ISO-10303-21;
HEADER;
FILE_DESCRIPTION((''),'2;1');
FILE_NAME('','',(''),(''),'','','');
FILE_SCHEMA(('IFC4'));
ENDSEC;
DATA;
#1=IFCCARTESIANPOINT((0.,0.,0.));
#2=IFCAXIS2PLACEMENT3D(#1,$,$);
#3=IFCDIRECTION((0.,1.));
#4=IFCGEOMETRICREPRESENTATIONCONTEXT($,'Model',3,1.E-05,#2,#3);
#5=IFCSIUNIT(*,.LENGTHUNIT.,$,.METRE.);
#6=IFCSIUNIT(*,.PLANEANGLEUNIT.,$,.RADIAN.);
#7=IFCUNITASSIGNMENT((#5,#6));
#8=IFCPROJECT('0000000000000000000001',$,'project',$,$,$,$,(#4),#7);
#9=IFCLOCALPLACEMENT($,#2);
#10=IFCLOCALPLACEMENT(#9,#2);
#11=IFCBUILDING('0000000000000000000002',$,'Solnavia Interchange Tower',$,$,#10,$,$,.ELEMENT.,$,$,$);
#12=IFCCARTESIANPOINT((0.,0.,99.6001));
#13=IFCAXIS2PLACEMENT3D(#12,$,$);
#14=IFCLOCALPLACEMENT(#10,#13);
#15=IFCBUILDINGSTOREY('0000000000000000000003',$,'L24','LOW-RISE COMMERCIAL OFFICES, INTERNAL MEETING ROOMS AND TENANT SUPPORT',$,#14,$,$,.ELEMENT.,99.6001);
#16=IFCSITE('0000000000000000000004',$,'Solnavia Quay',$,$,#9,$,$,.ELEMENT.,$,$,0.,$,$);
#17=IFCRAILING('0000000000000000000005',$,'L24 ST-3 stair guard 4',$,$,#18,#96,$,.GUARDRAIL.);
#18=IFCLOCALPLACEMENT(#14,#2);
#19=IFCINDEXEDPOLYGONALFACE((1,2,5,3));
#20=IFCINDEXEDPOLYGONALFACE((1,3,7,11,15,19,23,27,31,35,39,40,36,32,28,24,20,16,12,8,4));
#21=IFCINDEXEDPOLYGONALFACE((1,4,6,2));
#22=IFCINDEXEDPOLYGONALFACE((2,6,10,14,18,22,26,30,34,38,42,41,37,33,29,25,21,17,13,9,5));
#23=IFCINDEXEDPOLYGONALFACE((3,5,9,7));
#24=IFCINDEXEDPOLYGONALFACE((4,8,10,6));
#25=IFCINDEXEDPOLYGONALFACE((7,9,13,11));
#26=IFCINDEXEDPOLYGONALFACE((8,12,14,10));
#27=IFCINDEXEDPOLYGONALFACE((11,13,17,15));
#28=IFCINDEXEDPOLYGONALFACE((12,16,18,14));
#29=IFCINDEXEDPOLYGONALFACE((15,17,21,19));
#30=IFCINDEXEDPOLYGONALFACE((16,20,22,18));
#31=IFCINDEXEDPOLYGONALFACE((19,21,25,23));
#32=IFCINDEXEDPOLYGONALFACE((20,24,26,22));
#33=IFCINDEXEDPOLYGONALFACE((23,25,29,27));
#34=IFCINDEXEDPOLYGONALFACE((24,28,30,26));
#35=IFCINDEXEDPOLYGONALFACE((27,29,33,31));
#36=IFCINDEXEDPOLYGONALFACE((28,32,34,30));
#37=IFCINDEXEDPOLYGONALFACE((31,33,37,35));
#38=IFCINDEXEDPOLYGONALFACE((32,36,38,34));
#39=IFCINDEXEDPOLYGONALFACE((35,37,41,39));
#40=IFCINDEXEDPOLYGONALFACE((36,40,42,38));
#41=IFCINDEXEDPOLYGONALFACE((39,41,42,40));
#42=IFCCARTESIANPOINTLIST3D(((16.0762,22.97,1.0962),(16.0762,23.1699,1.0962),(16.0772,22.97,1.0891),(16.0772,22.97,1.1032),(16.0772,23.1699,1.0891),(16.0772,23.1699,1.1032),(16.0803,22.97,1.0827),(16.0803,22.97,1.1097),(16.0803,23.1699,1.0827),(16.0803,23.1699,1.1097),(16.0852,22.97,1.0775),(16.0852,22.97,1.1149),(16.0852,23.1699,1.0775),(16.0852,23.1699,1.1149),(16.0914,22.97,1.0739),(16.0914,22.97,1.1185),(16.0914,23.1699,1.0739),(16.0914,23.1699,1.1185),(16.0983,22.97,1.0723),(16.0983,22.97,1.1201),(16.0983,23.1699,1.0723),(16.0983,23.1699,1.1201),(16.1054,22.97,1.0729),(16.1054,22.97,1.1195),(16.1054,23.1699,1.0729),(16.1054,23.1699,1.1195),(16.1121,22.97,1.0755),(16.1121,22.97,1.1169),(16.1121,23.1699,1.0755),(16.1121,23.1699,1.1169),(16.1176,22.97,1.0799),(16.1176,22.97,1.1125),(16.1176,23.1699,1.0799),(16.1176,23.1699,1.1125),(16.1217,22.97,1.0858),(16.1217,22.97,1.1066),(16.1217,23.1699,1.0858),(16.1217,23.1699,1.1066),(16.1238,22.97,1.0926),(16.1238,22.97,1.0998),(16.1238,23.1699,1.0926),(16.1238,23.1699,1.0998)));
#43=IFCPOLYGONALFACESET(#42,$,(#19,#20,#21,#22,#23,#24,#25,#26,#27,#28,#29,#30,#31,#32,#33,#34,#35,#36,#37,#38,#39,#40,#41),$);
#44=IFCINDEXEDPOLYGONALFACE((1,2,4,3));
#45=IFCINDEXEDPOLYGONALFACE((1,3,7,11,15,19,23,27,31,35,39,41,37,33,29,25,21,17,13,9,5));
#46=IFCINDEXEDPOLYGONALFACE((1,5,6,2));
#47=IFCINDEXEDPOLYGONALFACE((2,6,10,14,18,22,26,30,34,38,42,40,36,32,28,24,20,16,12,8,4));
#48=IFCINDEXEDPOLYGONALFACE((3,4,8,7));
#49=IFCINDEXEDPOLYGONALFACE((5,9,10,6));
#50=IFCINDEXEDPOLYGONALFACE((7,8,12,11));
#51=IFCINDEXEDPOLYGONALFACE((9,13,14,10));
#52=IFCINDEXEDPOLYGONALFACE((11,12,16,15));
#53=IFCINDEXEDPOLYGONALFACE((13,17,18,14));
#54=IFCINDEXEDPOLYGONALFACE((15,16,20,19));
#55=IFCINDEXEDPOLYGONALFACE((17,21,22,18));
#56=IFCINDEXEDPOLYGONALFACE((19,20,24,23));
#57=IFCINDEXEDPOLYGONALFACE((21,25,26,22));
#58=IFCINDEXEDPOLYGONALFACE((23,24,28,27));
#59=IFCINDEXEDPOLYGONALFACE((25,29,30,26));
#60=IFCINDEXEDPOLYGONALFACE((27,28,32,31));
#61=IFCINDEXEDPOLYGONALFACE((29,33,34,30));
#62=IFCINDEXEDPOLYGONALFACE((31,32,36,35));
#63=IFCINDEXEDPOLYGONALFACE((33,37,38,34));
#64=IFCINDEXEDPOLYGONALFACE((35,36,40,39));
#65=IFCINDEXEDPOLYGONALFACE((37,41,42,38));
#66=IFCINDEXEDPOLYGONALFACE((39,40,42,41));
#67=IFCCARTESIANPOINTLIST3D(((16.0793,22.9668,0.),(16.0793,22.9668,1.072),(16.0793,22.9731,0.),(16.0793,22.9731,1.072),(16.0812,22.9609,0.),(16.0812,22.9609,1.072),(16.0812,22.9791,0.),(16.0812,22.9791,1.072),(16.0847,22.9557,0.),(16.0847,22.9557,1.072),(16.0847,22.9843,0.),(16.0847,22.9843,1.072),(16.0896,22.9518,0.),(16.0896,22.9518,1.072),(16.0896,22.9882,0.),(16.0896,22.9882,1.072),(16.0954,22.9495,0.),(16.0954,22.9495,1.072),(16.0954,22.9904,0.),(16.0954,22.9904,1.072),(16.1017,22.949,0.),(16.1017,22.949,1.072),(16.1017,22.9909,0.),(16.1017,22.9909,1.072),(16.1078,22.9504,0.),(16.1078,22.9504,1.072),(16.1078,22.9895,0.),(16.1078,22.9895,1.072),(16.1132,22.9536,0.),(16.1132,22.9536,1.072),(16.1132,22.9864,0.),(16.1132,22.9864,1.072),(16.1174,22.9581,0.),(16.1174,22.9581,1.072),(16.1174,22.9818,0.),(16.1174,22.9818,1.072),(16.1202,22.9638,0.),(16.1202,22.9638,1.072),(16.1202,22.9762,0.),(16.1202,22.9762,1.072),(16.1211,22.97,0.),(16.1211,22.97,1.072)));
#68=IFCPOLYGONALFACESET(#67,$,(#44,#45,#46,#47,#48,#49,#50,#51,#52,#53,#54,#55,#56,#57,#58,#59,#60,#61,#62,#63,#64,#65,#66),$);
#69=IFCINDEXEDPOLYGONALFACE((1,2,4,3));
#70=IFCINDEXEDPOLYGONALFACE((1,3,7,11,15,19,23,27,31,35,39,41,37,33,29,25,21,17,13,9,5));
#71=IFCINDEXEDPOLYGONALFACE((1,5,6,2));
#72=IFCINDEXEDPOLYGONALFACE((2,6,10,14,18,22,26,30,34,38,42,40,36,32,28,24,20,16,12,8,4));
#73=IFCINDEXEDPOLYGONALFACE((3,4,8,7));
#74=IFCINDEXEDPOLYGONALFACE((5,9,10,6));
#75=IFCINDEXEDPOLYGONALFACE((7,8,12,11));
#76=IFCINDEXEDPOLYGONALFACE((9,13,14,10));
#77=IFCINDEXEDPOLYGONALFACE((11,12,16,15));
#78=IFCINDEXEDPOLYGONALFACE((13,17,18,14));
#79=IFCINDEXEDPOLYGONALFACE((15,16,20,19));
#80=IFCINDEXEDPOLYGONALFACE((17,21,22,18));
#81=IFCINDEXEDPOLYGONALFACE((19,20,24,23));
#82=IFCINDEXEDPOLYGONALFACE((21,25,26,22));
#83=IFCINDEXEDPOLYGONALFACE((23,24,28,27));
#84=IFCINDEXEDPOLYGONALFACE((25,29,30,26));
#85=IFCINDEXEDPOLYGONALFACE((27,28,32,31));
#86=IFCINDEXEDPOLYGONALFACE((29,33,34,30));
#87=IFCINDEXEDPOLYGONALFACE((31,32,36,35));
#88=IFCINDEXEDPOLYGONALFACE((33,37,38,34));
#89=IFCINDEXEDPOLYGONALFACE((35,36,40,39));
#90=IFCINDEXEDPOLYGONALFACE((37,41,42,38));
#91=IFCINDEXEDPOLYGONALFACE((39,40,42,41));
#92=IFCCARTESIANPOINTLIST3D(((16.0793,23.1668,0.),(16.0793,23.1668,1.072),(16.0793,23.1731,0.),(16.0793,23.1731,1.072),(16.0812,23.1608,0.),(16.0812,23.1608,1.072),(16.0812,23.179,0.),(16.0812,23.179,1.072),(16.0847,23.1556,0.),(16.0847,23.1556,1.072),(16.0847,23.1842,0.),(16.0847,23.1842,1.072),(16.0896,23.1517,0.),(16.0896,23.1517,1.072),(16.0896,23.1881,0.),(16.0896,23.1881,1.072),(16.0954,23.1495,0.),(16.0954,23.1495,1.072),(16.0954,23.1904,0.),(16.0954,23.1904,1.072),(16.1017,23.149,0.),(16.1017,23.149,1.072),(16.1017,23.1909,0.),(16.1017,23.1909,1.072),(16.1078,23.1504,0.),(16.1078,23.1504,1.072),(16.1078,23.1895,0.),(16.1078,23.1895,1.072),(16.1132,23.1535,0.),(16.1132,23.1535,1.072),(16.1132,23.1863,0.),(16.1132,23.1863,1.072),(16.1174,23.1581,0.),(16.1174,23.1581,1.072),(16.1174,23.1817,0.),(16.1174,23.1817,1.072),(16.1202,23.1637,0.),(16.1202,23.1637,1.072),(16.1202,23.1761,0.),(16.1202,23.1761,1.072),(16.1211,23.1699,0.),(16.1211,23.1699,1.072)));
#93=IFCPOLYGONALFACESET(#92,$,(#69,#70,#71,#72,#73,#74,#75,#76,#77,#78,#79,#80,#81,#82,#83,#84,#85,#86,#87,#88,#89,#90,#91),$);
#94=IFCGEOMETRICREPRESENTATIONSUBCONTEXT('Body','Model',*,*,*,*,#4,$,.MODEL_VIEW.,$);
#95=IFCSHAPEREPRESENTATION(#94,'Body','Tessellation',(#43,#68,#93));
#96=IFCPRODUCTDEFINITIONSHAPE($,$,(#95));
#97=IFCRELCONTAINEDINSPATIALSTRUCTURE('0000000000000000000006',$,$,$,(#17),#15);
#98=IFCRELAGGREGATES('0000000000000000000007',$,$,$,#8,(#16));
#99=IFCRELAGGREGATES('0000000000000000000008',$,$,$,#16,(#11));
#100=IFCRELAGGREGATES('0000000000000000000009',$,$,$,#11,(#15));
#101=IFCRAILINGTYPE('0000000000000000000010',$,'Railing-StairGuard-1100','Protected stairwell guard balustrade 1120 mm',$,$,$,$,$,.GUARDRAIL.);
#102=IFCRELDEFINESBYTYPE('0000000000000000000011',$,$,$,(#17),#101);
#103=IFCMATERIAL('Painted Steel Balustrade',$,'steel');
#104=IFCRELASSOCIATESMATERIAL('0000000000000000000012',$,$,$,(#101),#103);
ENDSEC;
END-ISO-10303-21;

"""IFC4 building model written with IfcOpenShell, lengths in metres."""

from ifc_helpers import new_model, si_unit, direction, frame, origin, origin_2d, place, context, subcontext, project, spatial, circle, extrude, material, type_object, element, save


model = new_model("IFC4")

# Units and contexts
model_context = context("Model", 3, precision=1e-05, world=origin(), true_north=direction((0.0, 1.0)))
body_context = subcontext(model_context, "Body", "Model", "MODEL_VIEW")
ifc_project = project(units=[si_unit("LENGTHUNIT", "METRE"), si_unit("PLANEANGLEUNIT", "RADIAN")], contexts=[model_context])

# Site, building, storey
site_placement = place(None, origin())
site = spatial("IfcSite", under=ifc_project, at=site_placement, Name="Solnavia Quay", CompositionType="ELEMENT", RefElevation=0.0)
building_placement = place(site_placement, origin())
building = spatial("IfcBuilding", under=site, at=building_placement, Name="Solnavia Interchange Tower", CompositionType="ELEMENT")
storey_placement = place(building_placement, frame((0.0, 0.0, 99.6001)))
storey = spatial("IfcBuildingStorey", under=building, at=storey_placement, Name="L24", Description="LOW-RISE COMMERCIAL OFFICES, INTERNAL MEETING ROOMS AND TENANT SUPPORT", CompositionType="ELEMENT", Elevation=99.6001)

# Railing
ifc_material_1 = material(Name="Painted Steel Balustrade", Category="steel")
railing_type_1 = type_object("IfcRailingType", Name="Railing-StairGuard-1100", Description="Protected stairwell guard balustrade 1120 mm", PredefinedType="GUARDRAIL", material=ifc_material_1)
railing_1_placement = place(storey_placement, frame((16.1001, 22.97, 0.0)))
element("IfcRailing", 1, at=railing_1_placement, inside=storey, type_object=railing_type_1, Name="L24 ST-3 stair guard 4", PredefinedType="GUARDRAIL", context=body_context, shape_type="SweptSolid", body=[
    extrude(circle(Radius=0.0239, at=origin_2d()), frame((0.0, 0.0, 1.0962), z_axis=(0.0, 1.0, 0.0), x_axis=(-1.0, 0.0, 0.0)), (0.0, 0.0, 1.0), 0.2),
    extrude(circle(Radius=0.021, at=origin_2d()), origin(), (0.0, 0.0, 1.0), 1.072),
    extrude(circle(Radius=0.021, at=origin_2d()), frame((0.0, 0.2, 0.0)), (0.0, 0.0, 1.0), 1.072),
])

save(model, "model.ifc")
